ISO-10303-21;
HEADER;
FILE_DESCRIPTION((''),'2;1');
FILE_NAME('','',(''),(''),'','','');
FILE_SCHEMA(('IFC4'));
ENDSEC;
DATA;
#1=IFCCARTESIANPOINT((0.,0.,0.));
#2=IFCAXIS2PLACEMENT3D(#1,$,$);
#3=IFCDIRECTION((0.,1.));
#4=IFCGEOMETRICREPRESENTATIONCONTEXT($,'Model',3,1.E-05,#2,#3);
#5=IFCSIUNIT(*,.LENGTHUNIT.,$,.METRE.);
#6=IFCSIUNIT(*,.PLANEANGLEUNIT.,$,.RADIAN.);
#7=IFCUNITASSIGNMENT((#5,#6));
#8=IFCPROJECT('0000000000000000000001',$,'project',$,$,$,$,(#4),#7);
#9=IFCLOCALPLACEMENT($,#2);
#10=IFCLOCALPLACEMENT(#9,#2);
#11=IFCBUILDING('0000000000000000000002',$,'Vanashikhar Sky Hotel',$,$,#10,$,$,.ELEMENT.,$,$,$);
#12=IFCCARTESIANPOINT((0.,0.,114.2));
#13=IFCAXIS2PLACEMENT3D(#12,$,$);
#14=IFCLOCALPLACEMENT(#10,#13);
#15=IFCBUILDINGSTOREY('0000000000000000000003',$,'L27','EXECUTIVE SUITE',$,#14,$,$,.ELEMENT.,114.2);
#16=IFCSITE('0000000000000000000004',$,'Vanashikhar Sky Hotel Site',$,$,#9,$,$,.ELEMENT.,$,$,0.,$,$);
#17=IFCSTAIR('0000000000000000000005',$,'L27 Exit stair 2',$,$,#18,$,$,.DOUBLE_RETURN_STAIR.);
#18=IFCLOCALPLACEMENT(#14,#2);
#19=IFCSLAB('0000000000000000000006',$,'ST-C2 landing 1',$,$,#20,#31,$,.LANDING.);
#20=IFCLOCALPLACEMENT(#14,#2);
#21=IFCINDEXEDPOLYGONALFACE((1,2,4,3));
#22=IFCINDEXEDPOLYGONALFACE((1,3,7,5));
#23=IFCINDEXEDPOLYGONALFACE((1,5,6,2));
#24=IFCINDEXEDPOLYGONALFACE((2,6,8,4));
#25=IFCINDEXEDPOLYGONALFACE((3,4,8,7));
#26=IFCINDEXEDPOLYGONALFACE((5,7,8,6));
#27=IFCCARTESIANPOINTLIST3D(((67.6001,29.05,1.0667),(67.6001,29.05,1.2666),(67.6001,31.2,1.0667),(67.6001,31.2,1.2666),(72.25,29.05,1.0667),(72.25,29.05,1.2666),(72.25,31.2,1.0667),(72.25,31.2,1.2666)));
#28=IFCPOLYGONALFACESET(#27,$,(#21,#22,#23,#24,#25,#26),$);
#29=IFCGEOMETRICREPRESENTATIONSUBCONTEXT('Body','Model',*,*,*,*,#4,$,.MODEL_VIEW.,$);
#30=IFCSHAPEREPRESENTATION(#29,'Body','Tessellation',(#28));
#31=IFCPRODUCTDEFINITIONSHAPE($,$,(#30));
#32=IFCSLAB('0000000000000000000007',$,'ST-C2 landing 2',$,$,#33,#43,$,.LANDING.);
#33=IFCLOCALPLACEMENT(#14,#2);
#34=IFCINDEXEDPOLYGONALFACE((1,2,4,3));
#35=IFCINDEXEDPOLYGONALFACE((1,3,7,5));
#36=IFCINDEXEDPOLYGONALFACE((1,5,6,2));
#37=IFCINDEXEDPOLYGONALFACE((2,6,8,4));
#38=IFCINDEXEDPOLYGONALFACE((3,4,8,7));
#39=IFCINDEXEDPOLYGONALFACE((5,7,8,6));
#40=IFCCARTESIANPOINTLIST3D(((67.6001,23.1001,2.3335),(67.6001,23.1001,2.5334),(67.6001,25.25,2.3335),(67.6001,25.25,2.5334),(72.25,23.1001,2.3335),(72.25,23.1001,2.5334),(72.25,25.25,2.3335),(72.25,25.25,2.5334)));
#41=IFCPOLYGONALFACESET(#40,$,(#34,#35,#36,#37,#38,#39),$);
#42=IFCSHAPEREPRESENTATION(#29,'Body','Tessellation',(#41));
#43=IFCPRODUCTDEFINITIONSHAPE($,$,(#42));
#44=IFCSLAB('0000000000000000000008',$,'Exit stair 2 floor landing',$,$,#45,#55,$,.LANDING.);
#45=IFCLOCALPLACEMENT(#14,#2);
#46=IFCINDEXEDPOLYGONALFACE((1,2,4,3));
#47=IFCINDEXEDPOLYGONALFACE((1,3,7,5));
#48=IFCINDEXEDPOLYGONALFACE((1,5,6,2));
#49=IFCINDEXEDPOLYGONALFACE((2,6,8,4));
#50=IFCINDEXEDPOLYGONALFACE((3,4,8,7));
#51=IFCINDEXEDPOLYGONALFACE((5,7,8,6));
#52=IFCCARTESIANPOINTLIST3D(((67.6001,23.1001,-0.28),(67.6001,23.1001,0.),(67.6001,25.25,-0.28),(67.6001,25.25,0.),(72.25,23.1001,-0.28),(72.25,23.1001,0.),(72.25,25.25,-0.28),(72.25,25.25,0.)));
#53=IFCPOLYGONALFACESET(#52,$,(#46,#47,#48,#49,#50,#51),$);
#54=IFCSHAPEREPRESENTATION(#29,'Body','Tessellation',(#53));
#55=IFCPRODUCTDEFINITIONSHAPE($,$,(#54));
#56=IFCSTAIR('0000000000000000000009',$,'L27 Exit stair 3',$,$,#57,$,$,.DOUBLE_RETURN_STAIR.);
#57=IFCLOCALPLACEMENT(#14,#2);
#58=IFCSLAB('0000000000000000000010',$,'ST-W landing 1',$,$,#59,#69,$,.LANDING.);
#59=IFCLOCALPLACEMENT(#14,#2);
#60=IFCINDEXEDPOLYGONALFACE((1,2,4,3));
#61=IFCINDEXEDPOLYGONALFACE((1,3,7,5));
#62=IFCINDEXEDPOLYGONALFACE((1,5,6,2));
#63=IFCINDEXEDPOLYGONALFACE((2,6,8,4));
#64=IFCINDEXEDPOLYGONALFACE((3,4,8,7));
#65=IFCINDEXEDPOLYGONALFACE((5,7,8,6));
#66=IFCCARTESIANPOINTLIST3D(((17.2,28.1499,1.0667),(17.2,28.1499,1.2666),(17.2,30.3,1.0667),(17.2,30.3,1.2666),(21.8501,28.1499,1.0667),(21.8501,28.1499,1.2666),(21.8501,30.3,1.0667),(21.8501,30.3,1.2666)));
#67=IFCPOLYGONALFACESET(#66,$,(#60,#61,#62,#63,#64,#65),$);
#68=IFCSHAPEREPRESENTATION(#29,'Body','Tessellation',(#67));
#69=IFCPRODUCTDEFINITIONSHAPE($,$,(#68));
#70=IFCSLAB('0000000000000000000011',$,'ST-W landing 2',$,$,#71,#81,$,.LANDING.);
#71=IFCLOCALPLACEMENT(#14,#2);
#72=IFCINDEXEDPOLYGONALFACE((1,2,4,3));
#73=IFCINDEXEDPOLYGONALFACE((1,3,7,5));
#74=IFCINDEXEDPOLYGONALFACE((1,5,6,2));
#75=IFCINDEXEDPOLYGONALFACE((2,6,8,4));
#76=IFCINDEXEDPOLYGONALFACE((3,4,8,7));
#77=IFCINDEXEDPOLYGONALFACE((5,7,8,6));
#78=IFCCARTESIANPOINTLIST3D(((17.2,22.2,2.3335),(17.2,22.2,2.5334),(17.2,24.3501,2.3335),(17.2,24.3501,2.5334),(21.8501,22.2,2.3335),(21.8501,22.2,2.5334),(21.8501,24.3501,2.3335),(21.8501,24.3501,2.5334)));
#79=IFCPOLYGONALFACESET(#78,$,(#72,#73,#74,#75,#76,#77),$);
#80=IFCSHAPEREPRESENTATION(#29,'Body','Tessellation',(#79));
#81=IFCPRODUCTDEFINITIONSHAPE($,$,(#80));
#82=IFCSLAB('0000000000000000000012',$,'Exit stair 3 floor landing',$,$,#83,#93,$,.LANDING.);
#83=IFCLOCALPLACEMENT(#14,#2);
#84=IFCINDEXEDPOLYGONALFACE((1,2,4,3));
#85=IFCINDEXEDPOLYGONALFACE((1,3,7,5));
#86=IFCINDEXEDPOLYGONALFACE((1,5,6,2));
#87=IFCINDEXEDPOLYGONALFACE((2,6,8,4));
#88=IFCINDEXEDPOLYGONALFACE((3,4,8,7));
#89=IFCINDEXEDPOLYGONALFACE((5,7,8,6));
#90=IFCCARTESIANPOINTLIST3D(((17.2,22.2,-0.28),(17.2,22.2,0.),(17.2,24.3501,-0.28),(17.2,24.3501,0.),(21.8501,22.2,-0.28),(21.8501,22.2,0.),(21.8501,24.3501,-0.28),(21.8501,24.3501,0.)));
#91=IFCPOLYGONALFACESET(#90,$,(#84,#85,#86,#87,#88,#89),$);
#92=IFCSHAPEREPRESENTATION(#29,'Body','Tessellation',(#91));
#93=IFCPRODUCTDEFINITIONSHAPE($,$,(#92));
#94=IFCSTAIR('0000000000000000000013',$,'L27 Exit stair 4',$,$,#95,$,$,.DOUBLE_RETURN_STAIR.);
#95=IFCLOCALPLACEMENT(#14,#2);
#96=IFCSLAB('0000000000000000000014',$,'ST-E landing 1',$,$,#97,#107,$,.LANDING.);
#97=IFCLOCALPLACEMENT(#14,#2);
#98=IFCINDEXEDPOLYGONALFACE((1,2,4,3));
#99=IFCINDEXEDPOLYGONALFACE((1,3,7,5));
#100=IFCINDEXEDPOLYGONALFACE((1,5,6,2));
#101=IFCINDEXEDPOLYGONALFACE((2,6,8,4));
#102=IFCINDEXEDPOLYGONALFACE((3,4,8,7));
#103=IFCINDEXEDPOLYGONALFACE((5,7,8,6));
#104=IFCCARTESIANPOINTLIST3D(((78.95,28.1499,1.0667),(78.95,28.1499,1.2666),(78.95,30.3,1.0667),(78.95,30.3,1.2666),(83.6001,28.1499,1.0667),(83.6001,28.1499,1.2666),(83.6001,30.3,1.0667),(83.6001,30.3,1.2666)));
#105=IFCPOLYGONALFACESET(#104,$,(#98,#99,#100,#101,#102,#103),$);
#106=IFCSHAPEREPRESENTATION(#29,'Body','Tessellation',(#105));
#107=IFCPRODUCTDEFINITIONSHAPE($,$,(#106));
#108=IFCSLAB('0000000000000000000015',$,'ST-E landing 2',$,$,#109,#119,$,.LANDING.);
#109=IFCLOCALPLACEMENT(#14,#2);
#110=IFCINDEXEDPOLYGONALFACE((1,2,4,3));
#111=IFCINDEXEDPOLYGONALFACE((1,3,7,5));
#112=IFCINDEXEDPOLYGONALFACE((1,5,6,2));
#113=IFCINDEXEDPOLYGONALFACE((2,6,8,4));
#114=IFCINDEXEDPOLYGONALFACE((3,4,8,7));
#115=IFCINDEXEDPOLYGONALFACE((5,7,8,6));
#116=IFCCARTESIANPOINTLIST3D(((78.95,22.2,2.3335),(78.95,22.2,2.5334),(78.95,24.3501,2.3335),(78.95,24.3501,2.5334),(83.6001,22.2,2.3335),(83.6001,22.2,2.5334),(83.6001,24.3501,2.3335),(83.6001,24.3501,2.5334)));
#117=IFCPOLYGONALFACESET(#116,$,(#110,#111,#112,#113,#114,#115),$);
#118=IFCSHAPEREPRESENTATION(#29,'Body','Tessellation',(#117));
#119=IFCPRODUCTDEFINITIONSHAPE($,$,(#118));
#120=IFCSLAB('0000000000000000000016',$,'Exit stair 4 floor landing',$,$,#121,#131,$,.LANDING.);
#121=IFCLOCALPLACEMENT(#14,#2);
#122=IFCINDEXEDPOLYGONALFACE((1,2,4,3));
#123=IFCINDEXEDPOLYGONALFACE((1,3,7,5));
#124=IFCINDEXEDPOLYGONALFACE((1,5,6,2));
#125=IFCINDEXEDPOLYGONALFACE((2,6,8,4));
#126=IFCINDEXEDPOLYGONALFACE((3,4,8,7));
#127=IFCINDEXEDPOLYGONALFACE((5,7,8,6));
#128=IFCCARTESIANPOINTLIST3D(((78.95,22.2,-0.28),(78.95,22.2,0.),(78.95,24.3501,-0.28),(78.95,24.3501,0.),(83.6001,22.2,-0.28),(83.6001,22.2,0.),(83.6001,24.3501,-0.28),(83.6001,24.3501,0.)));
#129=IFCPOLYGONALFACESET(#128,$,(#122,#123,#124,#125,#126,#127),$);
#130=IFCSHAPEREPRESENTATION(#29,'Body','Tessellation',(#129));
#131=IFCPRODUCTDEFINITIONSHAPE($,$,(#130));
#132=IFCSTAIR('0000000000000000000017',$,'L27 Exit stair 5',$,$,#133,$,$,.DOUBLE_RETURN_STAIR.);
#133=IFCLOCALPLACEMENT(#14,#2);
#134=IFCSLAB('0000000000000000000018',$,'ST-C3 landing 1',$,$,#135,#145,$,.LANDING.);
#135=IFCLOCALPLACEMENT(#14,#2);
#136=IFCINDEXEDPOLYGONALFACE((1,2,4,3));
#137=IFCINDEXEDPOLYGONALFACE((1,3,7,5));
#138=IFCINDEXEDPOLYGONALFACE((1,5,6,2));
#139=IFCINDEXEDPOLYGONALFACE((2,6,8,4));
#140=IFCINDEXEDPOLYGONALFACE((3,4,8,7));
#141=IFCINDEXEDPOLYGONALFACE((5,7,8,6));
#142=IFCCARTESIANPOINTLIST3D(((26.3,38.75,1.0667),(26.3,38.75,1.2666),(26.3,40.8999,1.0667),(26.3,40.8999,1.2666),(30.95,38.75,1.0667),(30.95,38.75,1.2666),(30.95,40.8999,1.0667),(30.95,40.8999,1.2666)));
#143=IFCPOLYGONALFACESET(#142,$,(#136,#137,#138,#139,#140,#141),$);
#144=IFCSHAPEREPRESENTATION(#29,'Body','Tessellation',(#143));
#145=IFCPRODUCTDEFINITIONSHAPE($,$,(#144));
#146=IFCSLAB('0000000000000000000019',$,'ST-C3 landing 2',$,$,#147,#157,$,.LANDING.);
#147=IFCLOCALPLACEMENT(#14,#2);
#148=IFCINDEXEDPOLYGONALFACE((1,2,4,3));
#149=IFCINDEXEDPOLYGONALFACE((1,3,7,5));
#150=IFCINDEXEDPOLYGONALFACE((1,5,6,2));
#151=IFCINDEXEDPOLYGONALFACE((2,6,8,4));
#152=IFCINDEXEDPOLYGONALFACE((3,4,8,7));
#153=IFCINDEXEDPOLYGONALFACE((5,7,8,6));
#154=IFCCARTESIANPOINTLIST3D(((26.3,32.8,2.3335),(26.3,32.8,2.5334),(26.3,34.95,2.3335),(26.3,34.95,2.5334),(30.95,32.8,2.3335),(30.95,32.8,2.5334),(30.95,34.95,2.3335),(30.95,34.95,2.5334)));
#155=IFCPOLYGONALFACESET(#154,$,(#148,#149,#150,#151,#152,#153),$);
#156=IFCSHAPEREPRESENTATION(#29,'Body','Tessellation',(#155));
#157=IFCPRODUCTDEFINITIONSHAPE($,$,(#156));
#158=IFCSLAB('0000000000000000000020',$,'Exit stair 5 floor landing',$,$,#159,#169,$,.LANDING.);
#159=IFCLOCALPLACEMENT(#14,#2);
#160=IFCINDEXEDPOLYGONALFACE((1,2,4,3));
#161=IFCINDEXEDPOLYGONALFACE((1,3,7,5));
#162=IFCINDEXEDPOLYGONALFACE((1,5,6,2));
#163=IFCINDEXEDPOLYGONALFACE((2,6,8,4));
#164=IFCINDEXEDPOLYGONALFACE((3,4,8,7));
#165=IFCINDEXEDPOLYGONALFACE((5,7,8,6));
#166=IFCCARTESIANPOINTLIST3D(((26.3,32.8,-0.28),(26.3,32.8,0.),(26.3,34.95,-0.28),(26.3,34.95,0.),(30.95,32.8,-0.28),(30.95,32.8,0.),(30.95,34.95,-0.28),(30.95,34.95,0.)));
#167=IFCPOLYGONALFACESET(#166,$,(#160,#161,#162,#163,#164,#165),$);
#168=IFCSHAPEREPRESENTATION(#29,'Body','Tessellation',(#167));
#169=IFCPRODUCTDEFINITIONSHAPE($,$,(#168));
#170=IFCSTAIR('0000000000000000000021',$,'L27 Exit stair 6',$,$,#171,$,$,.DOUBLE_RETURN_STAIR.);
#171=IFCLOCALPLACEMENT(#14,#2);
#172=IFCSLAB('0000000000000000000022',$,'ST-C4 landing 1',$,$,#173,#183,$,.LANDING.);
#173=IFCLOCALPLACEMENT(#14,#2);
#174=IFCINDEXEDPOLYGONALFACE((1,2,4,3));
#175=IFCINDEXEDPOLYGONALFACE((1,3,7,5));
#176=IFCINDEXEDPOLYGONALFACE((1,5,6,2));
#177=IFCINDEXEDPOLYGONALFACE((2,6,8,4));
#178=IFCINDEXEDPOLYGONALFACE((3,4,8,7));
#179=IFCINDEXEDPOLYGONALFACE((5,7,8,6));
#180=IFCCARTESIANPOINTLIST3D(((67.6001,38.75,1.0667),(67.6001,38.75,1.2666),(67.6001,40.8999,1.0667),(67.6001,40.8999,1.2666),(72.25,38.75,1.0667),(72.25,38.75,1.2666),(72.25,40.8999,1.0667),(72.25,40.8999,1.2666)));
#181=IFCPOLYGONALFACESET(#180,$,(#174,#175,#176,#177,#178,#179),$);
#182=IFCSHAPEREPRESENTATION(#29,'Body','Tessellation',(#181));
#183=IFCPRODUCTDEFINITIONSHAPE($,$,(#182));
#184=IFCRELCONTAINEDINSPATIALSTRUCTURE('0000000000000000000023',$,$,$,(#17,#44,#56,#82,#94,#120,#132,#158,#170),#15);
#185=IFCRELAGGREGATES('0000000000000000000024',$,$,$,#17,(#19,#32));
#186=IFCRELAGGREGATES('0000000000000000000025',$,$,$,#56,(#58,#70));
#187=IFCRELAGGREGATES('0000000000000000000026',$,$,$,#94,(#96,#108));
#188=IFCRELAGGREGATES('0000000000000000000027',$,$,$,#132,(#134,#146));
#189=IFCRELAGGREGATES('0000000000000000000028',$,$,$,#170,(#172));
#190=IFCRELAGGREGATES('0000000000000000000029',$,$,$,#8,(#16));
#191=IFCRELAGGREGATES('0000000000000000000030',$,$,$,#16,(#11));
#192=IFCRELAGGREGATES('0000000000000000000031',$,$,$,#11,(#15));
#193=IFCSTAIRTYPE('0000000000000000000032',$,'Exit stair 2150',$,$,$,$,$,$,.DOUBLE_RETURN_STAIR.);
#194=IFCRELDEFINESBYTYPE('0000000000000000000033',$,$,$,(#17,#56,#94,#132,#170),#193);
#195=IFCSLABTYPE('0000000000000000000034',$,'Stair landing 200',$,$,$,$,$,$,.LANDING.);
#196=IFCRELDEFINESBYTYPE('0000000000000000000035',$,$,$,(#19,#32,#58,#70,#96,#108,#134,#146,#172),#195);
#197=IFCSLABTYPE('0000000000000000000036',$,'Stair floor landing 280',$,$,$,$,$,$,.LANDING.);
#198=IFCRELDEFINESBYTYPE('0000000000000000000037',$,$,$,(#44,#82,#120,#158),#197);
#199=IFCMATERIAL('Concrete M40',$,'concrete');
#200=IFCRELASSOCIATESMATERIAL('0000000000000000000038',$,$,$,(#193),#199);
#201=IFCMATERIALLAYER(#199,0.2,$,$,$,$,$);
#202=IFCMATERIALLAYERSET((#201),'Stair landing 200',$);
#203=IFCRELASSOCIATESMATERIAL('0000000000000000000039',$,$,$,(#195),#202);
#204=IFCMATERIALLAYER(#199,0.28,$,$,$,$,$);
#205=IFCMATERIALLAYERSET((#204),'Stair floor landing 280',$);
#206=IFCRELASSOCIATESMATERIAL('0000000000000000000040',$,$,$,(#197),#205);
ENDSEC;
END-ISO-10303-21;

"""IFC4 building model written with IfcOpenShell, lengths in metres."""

from ifc_helpers import new_model, si_unit, direction, frame, origin, place, context, subcontext, project, spatial, polyline, outline, extrude, source, transform, mapped, material, layer, layer_set, type_object, element, aggregate, save


model = new_model("IFC4")

# Units and contexts
model_context = context("Model", 3, precision=1e-05, world=origin(), true_north=direction((0.0, 1.0)))
body_context = subcontext(model_context, "Body", "Model", "MODEL_VIEW")
ifc_project = project(units=[si_unit("LENGTHUNIT", "METRE"), si_unit("PLANEANGLEUNIT", "RADIAN")], contexts=[model_context])

# Site, building, storey
site_placement = place(None, origin())
site = spatial("IfcSite", under=ifc_project, at=site_placement, Name="Vanashikhar Sky Hotel Site", CompositionType="ELEMENT", RefElevation=0.0)
building_placement = place(site_placement, origin())
building = spatial("IfcBuilding", under=site, at=building_placement, Name="Vanashikhar Sky Hotel", CompositionType="ELEMENT")
storey_placement = place(building_placement, frame((0.0, 0.0, 114.2)))
storey = spatial("IfcBuildingStorey", under=building, at=storey_placement, Name="L27", Description="EXECUTIVE SUITE", CompositionType="ELEMENT", Elevation=114.2)

# Shared definitions
ifc_material_1 = material(Name="Concrete M40", Category="concrete")

# Shared definitions
stair_type = type_object("IfcStairType", Name="Exit stair 2150", PredefinedType="DOUBLE_RETURN_STAIR", material=ifc_material_1)
ifc_layer_1 = layer(ifc_material_1, 0.2)
ifc_layer_set_1 = layer_set([ifc_layer_1], Name="Stair landing 200")
slab_type_1 = type_object("IfcSlabType", Name="Stair landing 200", PredefinedType="LANDING", material=ifc_layer_set_1)

# Shared definitions
ifc_layer_2 = layer(ifc_material_1, 0.28)
ifc_layer_set_2 = layer_set([ifc_layer_2], Name="Stair floor landing 280")
slab_type_2 = type_object("IfcSlabType", Name="Stair floor landing 280", PredefinedType="LANDING", material=ifc_layer_set_2)

# Stair, slabs
stair_1_placement = place(storey_placement, origin())
stair_1 = element("IfcStair", 1, at=stair_1_placement, inside=storey, type_object=stair_type, Name="L27 Exit stair 2", PredefinedType="DOUBLE_RETURN_STAIR")
shared_shape_1 = source(origin(), body_context, "Body", "SweptSolid", [
    extrude(outline(polyline([(72.25, 29.05), (72.25, 31.2), (67.6001, 31.2), (67.6001, 29.05), (72.25, 29.05)])), origin(), (0.0, 0.0, 1.0), 0.2),
])
slab_1_placement = place(storey_placement, frame((0.0, 0.0, 1.0667)))
slab_1 = element("IfcSlab", 2, at=slab_1_placement, type_object=slab_type_1, Name="ST-C2 landing 1", PredefinedType="LANDING", context=body_context, shape_type="MappedRepresentation", body=[
    mapped(shared_shape_1, transform((0.0, 0.0, 0.0), scale=1.0)),
])
shared_shape_2 = source(origin(), body_context, "Body", "SweptSolid", [
    extrude(outline(polyline([(72.25, 23.1001), (72.25, 25.25), (67.6001, 25.25), (67.6001, 23.1001), (72.25, 23.1001)])), origin(), (0.0, 0.0, 1.0), 0.2),
])
slab_2_placement = place(storey_placement, frame((0.0, 0.0, 2.3335)))
slab_2 = element("IfcSlab", 3, at=slab_2_placement, type_object=slab_type_1, Name="ST-C2 landing 2", PredefinedType="LANDING", context=body_context, shape_type="MappedRepresentation", body=[
    mapped(shared_shape_2, transform((0.0, 0.0, 0.0), scale=1.0)),
])
aggregate(stair_1, [slab_1, slab_2])

# Slab
shared_shape_3 = source(origin(), body_context, "Body", "SweptSolid", [
    extrude(outline(polyline([(72.25, 23.1001), (72.25, 25.25), (67.6001, 25.25), (67.6001, 23.1001), (72.25, 23.1001)])), origin(), (0.0, 0.0, 1.0), 0.28),
])
slab_3_placement = place(storey_placement, frame((0.0, 0.0, -0.28)))
element("IfcSlab", 4, at=slab_3_placement, inside=storey, type_object=slab_type_2, Name="Exit stair 2 floor landing", PredefinedType="LANDING", context=body_context, shape_type="MappedRepresentation", body=[
    mapped(shared_shape_3, transform((0.0, 0.0, 0.0), scale=1.0)),
])

# Stair, slabs
stair_2_placement = place(storey_placement, origin())
stair_2 = element("IfcStair", 5, at=stair_2_placement, inside=storey, type_object=stair_type, Name="L27 Exit stair 3", PredefinedType="DOUBLE_RETURN_STAIR")
shared_shape_4 = source(origin(), body_context, "Body", "SweptSolid", [
    extrude(outline(polyline([(21.8501, 28.1499), (21.8501, 30.3), (17.2, 30.3), (17.2, 28.1499), (21.8501, 28.1499)])), origin(), (0.0, 0.0, 1.0), 0.2),
])
slab_4_placement = place(storey_placement, frame((0.0, 0.0, 1.0667)))
slab_4 = element("IfcSlab", 6, at=slab_4_placement, type_object=slab_type_1, Name="ST-W landing 1", PredefinedType="LANDING", context=body_context, shape_type="MappedRepresentation", body=[
    mapped(shared_shape_4, transform((0.0, 0.0, 0.0), scale=1.0)),
])
shared_shape_5 = source(origin(), body_context, "Body", "SweptSolid", [
    extrude(outline(polyline([(21.8501, 22.2), (21.8501, 24.3501), (17.2, 24.3501), (17.2, 22.2), (21.8501, 22.2)])), origin(), (0.0, 0.0, 1.0), 0.2),
])
slab_5_placement = place(storey_placement, frame((0.0, 0.0, 2.3335)))
slab_5 = element("IfcSlab", 7, at=slab_5_placement, type_object=slab_type_1, Name="ST-W landing 2", PredefinedType="LANDING", context=body_context, shape_type="MappedRepresentation", body=[
    mapped(shared_shape_5, transform((0.0, 0.0, 0.0), scale=1.0)),
])
aggregate(stair_2, [slab_4, slab_5])

# Slab
shared_shape_6 = source(origin(), body_context, "Body", "SweptSolid", [
    extrude(outline(polyline([(21.8501, 22.2), (21.8501, 24.3501), (17.2, 24.3501), (17.2, 22.2), (21.8501, 22.2)])), origin(), (0.0, 0.0, 1.0), 0.28),
])
slab_6_placement = place(storey_placement, frame((0.0, 0.0, -0.28)))
element("IfcSlab", 8, at=slab_6_placement, inside=storey, type_object=slab_type_2, Name="Exit stair 3 floor landing", PredefinedType="LANDING", context=body_context, shape_type="MappedRepresentation", body=[
    mapped(shared_shape_6, transform((0.0, 0.0, 0.0), scale=1.0)),
])

# Stair, slabs
stair_3_placement = place(storey_placement, origin())
stair_3 = element("IfcStair", 9, at=stair_3_placement, inside=storey, type_object=stair_type, Name="L27 Exit stair 4", PredefinedType="DOUBLE_RETURN_STAIR")
shared_shape_7 = source(origin(), body_context, "Body", "SweptSolid", [
    extrude(outline(polyline([(83.6001, 28.1499), (83.6001, 30.3), (78.95, 30.3), (78.95, 28.1499), (83.6001, 28.1499)])), origin(), (0.0, 0.0, 1.0), 0.2),
])
slab_7_placement = place(storey_placement, frame((0.0, 0.0, 1.0667)))
slab_7 = element("IfcSlab", 10, at=slab_7_placement, type_object=slab_type_1, Name="ST-E landing 1", PredefinedType="LANDING", context=body_context, shape_type="MappedRepresentation", body=[
    mapped(shared_shape_7, transform((0.0, 0.0, 0.0), scale=1.0)),
])
shared_shape_8 = source(origin(), body_context, "Body", "SweptSolid", [
    extrude(outline(polyline([(83.6001, 22.2), (83.6001, 24.3501), (78.95, 24.3501), (78.95, 22.2), (83.6001, 22.2)])), origin(), (0.0, 0.0, 1.0), 0.2),
])
slab_8_placement = place(storey_placement, frame((0.0, 0.0, 2.3335)))
slab_8 = element("IfcSlab", 11, at=slab_8_placement, type_object=slab_type_1, Name="ST-E landing 2", PredefinedType="LANDING", context=body_context, shape_type="MappedRepresentation", body=[
    mapped(shared_shape_8, transform((0.0, 0.0, 0.0), scale=1.0)),
])
aggregate(stair_3, [slab_7, slab_8])

# Slab
shared_shape_9 = source(origin(), body_context, "Body", "SweptSolid", [
    extrude(outline(polyline([(83.6001, 22.2), (83.6001, 24.3501), (78.95, 24.3501), (78.95, 22.2), (83.6001, 22.2)])), origin(), (0.0, 0.0, 1.0), 0.28),
])
slab_9_placement = place(storey_placement, frame((0.0, 0.0, -0.28)))
element("IfcSlab", 12, at=slab_9_placement, inside=storey, type_object=slab_type_2, Name="Exit stair 4 floor landing", PredefinedType="LANDING", context=body_context, shape_type="MappedRepresentation", body=[
    mapped(shared_shape_9, transform((0.0, 0.0, 0.0), scale=1.0)),
])

# Stair, slabs
stair_4_placement = place(storey_placement, origin())
stair_4 = element("IfcStair", 13, at=stair_4_placement, inside=storey, type_object=stair_type, Name="L27 Exit stair 5", PredefinedType="DOUBLE_RETURN_STAIR")
shared_shape_10 = source(origin(), body_context, "Body", "SweptSolid", [
    extrude(outline(polyline([(30.95, 38.75), (30.95, 40.8999), (26.3, 40.8999), (26.3, 38.75), (30.95, 38.75)])), origin(), (0.0, 0.0, 1.0), 0.2),
])
slab_10_placement = place(storey_placement, frame((0.0, 0.0, 1.0667)))
slab_10 = element("IfcSlab", 14, at=slab_10_placement, type_object=slab_type_1, Name="ST-C3 landing 1", PredefinedType="LANDING", context=body_context, shape_type="MappedRepresentation", body=[
    mapped(shared_shape_10, transform((0.0, 0.0, 0.0), scale=1.0)),
])
shared_shape_11 = source(origin(), body_context, "Body", "SweptSolid", [
    extrude(outline(polyline([(30.95, 32.8), (30.95, 34.95), (26.3, 34.95), (26.3, 32.8), (30.95, 32.8)])), origin(), (0.0, 0.0, 1.0), 0.2),
])
slab_11_placement = place(storey_placement, frame((0.0, 0.0, 2.3335)))
slab_11 = element("IfcSlab", 15, at=slab_11_placement, type_object=slab_type_1, Name="ST-C3 landing 2", PredefinedType="LANDING", context=body_context, shape_type="MappedRepresentation", body=[
    mapped(shared_shape_11, transform((0.0, 0.0, 0.0), scale=1.0)),
])
aggregate(stair_4, [slab_10, slab_11])

# Slab
shared_shape_12 = source(origin(), body_context, "Body", "SweptSolid", [
    extrude(outline(polyline([(30.95, 32.8), (30.95, 34.95), (26.3, 34.95), (26.3, 32.8), (30.95, 32.8)])), origin(), (0.0, 0.0, 1.0), 0.28),
])
slab_12_placement = place(storey_placement, frame((0.0, 0.0, -0.28)))
element("IfcSlab", 16, at=slab_12_placement, inside=storey, type_object=slab_type_2, Name="Exit stair 5 floor landing", PredefinedType="LANDING", context=body_context, shape_type="MappedRepresentation", body=[
    mapped(shared_shape_12, transform((0.0, 0.0, 0.0), scale=1.0)),
])

# Stair, slab
stair_5_placement = place(storey_placement, origin())
stair_5 = element("IfcStair", 17, at=stair_5_placement, inside=storey, type_object=stair_type, Name="L27 Exit stair 6", PredefinedType="DOUBLE_RETURN_STAIR")
shared_shape_13 = source(origin(), body_context, "Body", "SweptSolid", [
    extrude(outline(polyline([(72.25, 38.75), (72.25, 40.8999), (67.6001, 40.8999), (67.6001, 38.75), (72.25, 38.75)])), origin(), (0.0, 0.0, 1.0), 0.2),
])
slab_13_placement = place(storey_placement, frame((0.0, 0.0, 1.0667)))
slab_13 = element("IfcSlab", 18, at=slab_13_placement, type_object=slab_type_1, Name="ST-C4 landing 1", PredefinedType="LANDING", context=body_context, shape_type="MappedRepresentation", body=[
    mapped(shared_shape_13, transform((0.0, 0.0, 0.0), scale=1.0)),
])
aggregate(stair_5, [slab_13])

save(model, "model.ifc")
